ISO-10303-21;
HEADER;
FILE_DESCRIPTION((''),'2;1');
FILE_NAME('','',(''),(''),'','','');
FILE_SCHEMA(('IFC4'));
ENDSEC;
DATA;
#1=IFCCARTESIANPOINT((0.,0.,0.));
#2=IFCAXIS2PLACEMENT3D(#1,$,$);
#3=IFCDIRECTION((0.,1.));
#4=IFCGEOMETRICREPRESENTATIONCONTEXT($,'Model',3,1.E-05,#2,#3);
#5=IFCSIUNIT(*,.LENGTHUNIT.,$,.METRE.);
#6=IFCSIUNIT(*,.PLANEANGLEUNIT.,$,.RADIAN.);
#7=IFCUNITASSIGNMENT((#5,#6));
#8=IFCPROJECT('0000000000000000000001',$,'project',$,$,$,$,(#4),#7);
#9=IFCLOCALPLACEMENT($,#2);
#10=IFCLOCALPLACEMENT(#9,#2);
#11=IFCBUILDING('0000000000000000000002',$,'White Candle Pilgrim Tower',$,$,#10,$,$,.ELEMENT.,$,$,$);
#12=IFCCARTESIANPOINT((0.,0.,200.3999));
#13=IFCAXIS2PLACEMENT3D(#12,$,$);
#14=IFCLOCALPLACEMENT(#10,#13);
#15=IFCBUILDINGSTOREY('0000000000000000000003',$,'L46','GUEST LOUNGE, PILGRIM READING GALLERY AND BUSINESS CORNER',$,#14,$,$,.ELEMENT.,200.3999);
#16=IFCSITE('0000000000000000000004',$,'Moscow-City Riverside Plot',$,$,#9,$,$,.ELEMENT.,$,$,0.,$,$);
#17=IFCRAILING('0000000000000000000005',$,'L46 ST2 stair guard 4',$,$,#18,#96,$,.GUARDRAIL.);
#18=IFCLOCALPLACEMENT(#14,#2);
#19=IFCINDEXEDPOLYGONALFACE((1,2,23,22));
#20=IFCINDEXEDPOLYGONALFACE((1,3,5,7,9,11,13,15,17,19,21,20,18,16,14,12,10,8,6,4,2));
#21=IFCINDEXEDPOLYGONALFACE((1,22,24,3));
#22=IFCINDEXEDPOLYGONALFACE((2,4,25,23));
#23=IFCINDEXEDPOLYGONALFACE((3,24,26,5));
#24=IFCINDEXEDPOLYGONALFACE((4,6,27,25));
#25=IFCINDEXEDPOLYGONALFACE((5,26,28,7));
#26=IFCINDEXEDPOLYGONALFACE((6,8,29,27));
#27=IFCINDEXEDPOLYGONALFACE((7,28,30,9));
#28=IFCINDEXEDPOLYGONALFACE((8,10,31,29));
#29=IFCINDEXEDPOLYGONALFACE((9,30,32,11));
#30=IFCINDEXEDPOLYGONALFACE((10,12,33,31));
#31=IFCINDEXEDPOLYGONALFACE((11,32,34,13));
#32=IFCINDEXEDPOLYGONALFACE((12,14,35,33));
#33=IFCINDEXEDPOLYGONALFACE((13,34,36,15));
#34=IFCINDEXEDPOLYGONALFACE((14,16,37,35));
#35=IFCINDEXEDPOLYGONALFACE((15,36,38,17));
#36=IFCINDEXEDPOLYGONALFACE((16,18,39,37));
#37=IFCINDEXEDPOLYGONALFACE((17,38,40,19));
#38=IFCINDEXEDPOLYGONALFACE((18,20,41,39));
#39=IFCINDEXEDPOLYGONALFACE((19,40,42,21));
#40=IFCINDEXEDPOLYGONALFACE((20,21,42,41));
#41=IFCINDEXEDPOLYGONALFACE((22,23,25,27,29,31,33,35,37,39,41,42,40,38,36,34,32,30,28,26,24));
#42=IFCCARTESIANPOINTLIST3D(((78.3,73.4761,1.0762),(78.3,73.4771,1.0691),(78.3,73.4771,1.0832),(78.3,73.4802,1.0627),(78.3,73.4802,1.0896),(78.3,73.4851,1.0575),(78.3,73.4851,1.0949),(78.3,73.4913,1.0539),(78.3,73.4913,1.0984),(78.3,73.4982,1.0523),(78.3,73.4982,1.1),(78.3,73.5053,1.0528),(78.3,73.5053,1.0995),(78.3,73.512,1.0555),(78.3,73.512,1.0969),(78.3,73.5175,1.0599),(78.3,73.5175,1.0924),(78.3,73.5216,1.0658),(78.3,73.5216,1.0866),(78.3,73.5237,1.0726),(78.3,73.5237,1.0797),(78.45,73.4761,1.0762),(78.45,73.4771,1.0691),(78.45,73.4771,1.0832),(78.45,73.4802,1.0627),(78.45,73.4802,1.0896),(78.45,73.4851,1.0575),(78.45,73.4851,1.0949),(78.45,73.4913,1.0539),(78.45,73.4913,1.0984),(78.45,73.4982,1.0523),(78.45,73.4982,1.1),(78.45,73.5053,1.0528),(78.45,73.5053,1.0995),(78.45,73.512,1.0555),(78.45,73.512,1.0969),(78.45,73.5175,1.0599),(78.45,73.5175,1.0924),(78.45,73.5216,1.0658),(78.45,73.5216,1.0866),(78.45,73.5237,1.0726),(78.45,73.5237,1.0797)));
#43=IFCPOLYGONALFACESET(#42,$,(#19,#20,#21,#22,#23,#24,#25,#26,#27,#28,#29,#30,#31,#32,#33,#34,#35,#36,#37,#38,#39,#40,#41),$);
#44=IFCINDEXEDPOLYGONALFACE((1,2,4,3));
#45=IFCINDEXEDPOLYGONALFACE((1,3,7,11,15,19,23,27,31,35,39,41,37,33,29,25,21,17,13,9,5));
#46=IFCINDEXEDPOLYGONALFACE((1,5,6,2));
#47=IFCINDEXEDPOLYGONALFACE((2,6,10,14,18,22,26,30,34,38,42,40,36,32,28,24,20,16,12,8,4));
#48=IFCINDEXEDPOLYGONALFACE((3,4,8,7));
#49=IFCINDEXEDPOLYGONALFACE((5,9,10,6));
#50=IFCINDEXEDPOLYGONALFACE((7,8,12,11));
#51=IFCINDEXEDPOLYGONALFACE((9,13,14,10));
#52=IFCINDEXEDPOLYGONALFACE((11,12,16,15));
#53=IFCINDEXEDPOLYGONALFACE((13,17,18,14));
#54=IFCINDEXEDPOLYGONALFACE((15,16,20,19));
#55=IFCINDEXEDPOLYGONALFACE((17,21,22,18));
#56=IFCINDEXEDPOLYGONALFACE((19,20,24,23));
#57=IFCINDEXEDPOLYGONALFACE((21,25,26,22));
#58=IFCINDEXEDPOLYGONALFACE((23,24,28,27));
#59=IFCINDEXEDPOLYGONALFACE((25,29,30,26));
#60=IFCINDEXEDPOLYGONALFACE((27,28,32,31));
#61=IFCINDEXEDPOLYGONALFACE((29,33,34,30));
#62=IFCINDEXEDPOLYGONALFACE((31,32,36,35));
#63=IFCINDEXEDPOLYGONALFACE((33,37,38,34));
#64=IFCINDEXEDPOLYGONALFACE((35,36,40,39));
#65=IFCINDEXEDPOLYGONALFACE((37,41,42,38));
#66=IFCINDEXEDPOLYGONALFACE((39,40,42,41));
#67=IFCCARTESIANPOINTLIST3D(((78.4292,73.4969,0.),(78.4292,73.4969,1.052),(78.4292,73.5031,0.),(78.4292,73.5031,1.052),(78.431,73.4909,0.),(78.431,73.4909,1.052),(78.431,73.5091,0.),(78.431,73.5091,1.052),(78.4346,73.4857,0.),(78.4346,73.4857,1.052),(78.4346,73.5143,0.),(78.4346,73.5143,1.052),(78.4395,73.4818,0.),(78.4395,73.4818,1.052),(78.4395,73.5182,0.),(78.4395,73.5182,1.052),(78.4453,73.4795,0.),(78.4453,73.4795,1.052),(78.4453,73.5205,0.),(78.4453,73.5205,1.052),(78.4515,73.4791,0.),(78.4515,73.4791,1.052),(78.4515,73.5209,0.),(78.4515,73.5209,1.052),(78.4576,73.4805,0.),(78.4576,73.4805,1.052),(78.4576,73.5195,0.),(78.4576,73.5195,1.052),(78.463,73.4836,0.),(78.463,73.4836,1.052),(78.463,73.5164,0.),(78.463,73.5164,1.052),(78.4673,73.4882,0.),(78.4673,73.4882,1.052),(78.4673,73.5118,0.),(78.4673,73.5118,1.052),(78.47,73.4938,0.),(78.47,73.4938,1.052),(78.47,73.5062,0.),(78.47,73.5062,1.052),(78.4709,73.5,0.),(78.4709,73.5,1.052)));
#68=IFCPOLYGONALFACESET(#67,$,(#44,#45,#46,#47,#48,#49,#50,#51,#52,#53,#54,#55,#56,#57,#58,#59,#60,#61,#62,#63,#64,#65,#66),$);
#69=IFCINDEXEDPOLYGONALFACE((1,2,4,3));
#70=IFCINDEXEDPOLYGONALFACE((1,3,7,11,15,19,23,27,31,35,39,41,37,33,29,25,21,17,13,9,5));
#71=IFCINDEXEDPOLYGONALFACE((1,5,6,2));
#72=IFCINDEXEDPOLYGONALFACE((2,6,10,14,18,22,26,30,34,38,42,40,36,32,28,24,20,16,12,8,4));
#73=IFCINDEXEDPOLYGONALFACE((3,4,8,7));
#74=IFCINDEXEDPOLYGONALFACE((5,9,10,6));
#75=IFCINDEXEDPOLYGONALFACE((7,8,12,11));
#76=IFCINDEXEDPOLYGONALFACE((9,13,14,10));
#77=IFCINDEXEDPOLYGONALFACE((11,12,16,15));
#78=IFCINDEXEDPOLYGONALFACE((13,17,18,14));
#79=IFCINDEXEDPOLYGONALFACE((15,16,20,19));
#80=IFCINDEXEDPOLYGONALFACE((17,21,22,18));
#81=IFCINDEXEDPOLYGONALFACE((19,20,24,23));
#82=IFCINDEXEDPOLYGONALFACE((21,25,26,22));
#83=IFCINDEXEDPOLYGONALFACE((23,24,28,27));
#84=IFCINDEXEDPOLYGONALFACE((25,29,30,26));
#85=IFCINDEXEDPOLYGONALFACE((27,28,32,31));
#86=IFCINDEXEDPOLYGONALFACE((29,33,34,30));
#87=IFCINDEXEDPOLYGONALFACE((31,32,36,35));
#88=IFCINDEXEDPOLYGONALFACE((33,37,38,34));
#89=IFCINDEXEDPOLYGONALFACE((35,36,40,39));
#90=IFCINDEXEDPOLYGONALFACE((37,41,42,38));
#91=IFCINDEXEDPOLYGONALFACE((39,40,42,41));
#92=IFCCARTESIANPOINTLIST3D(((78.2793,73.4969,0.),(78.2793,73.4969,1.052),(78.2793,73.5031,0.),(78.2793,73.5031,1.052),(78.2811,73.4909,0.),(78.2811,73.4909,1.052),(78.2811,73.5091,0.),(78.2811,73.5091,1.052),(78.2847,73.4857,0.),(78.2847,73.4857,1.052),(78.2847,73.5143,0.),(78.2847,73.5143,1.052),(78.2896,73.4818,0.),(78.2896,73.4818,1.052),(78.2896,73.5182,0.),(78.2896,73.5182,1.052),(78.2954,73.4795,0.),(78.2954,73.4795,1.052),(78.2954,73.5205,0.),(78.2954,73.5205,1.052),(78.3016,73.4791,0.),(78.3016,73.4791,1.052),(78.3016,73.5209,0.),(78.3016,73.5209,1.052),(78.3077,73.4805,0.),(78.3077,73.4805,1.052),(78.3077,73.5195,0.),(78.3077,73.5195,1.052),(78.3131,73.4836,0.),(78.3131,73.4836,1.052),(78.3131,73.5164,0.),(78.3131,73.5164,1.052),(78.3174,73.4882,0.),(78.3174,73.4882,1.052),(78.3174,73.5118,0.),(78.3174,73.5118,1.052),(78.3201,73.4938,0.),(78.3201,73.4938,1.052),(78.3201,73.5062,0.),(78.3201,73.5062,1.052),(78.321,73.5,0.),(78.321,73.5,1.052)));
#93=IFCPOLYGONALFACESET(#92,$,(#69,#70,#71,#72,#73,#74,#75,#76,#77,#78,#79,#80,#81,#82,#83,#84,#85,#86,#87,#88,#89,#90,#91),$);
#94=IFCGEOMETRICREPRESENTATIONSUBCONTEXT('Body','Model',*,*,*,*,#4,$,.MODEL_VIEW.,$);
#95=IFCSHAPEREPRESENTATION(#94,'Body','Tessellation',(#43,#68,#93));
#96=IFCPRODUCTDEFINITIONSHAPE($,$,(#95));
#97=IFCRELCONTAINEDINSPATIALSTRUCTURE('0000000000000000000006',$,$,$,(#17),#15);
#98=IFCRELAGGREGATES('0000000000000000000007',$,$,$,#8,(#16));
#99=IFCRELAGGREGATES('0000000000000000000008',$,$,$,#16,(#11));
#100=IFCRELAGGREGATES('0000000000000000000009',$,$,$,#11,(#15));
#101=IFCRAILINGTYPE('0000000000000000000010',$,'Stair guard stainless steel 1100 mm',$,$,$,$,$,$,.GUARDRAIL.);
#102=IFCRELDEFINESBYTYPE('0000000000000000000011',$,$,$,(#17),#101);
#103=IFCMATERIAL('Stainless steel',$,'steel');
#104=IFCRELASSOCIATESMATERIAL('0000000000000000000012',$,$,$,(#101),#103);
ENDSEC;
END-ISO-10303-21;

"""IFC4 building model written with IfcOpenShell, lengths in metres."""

from ifc_helpers import new_model, si_unit, direction, frame, origin, origin_2d, place, context, subcontext, project, spatial, circle, extrude, material, type_object, element, save


model = new_model("IFC4")

# Units and contexts
model_context = context("Model", 3, precision=1e-05, world=origin(), true_north=direction((0.0, 1.0)))
body_context = subcontext(model_context, "Body", "Model", "MODEL_VIEW")
ifc_project = project(units=[si_unit("LENGTHUNIT", "METRE"), si_unit("PLANEANGLEUNIT", "RADIAN")], contexts=[model_context])

# Site, building, storey
site_placement = place(None, origin())
site = spatial("IfcSite", under=ifc_project, at=site_placement, Name="Moscow-City Riverside Plot", CompositionType="ELEMENT", RefElevation=0.0)
building_placement = place(site_placement, origin())
building = spatial("IfcBuilding", under=site, at=building_placement, Name="White Candle Pilgrim Tower", CompositionType="ELEMENT")
storey_placement = place(building_placement, frame((0.0, 0.0, 200.3999)))
storey = spatial("IfcBuildingStorey", under=building, at=storey_placement, Name="L46", Description="GUEST LOUNGE, PILGRIM READING GALLERY AND BUSINESS CORNER", CompositionType="ELEMENT", Elevation=200.3999)

# Railing
ifc_material_1 = material(Name="Stainless steel", Category="steel")
railing_type_1 = type_object("IfcRailingType", Name="Stair guard stainless steel 1100 mm", PredefinedType="GUARDRAIL", material=ifc_material_1)
railing_1_placement = place(storey_placement, frame((78.45, 73.5, 0.0)))
element("IfcRailing", 1, at=railing_1_placement, inside=storey, type_object=railing_type_1, Name="L46 ST2 stair guard 4", PredefinedType="GUARDRAIL", context=body_context, shape_type="SweptSolid", body=[
    extrude(circle(Radius=0.0239, at=origin_2d()), frame((0.0, 0.0, 1.0762), z_axis=(-1.0, 0.0, 0.0), x_axis=(0.0, -1.0, 0.0)), (0.0, 0.0, 1.0), 0.1499),
    extrude(circle(Radius=0.021, at=origin_2d()), origin(), (0.0, 0.0, 1.0), 1.052),
    extrude(circle(Radius=0.021, at=origin_2d()), frame((-0.1499, 0.0, 0.0)), (0.0, 0.0, 1.0), 1.052),
])

save(model, "model.ifc")
